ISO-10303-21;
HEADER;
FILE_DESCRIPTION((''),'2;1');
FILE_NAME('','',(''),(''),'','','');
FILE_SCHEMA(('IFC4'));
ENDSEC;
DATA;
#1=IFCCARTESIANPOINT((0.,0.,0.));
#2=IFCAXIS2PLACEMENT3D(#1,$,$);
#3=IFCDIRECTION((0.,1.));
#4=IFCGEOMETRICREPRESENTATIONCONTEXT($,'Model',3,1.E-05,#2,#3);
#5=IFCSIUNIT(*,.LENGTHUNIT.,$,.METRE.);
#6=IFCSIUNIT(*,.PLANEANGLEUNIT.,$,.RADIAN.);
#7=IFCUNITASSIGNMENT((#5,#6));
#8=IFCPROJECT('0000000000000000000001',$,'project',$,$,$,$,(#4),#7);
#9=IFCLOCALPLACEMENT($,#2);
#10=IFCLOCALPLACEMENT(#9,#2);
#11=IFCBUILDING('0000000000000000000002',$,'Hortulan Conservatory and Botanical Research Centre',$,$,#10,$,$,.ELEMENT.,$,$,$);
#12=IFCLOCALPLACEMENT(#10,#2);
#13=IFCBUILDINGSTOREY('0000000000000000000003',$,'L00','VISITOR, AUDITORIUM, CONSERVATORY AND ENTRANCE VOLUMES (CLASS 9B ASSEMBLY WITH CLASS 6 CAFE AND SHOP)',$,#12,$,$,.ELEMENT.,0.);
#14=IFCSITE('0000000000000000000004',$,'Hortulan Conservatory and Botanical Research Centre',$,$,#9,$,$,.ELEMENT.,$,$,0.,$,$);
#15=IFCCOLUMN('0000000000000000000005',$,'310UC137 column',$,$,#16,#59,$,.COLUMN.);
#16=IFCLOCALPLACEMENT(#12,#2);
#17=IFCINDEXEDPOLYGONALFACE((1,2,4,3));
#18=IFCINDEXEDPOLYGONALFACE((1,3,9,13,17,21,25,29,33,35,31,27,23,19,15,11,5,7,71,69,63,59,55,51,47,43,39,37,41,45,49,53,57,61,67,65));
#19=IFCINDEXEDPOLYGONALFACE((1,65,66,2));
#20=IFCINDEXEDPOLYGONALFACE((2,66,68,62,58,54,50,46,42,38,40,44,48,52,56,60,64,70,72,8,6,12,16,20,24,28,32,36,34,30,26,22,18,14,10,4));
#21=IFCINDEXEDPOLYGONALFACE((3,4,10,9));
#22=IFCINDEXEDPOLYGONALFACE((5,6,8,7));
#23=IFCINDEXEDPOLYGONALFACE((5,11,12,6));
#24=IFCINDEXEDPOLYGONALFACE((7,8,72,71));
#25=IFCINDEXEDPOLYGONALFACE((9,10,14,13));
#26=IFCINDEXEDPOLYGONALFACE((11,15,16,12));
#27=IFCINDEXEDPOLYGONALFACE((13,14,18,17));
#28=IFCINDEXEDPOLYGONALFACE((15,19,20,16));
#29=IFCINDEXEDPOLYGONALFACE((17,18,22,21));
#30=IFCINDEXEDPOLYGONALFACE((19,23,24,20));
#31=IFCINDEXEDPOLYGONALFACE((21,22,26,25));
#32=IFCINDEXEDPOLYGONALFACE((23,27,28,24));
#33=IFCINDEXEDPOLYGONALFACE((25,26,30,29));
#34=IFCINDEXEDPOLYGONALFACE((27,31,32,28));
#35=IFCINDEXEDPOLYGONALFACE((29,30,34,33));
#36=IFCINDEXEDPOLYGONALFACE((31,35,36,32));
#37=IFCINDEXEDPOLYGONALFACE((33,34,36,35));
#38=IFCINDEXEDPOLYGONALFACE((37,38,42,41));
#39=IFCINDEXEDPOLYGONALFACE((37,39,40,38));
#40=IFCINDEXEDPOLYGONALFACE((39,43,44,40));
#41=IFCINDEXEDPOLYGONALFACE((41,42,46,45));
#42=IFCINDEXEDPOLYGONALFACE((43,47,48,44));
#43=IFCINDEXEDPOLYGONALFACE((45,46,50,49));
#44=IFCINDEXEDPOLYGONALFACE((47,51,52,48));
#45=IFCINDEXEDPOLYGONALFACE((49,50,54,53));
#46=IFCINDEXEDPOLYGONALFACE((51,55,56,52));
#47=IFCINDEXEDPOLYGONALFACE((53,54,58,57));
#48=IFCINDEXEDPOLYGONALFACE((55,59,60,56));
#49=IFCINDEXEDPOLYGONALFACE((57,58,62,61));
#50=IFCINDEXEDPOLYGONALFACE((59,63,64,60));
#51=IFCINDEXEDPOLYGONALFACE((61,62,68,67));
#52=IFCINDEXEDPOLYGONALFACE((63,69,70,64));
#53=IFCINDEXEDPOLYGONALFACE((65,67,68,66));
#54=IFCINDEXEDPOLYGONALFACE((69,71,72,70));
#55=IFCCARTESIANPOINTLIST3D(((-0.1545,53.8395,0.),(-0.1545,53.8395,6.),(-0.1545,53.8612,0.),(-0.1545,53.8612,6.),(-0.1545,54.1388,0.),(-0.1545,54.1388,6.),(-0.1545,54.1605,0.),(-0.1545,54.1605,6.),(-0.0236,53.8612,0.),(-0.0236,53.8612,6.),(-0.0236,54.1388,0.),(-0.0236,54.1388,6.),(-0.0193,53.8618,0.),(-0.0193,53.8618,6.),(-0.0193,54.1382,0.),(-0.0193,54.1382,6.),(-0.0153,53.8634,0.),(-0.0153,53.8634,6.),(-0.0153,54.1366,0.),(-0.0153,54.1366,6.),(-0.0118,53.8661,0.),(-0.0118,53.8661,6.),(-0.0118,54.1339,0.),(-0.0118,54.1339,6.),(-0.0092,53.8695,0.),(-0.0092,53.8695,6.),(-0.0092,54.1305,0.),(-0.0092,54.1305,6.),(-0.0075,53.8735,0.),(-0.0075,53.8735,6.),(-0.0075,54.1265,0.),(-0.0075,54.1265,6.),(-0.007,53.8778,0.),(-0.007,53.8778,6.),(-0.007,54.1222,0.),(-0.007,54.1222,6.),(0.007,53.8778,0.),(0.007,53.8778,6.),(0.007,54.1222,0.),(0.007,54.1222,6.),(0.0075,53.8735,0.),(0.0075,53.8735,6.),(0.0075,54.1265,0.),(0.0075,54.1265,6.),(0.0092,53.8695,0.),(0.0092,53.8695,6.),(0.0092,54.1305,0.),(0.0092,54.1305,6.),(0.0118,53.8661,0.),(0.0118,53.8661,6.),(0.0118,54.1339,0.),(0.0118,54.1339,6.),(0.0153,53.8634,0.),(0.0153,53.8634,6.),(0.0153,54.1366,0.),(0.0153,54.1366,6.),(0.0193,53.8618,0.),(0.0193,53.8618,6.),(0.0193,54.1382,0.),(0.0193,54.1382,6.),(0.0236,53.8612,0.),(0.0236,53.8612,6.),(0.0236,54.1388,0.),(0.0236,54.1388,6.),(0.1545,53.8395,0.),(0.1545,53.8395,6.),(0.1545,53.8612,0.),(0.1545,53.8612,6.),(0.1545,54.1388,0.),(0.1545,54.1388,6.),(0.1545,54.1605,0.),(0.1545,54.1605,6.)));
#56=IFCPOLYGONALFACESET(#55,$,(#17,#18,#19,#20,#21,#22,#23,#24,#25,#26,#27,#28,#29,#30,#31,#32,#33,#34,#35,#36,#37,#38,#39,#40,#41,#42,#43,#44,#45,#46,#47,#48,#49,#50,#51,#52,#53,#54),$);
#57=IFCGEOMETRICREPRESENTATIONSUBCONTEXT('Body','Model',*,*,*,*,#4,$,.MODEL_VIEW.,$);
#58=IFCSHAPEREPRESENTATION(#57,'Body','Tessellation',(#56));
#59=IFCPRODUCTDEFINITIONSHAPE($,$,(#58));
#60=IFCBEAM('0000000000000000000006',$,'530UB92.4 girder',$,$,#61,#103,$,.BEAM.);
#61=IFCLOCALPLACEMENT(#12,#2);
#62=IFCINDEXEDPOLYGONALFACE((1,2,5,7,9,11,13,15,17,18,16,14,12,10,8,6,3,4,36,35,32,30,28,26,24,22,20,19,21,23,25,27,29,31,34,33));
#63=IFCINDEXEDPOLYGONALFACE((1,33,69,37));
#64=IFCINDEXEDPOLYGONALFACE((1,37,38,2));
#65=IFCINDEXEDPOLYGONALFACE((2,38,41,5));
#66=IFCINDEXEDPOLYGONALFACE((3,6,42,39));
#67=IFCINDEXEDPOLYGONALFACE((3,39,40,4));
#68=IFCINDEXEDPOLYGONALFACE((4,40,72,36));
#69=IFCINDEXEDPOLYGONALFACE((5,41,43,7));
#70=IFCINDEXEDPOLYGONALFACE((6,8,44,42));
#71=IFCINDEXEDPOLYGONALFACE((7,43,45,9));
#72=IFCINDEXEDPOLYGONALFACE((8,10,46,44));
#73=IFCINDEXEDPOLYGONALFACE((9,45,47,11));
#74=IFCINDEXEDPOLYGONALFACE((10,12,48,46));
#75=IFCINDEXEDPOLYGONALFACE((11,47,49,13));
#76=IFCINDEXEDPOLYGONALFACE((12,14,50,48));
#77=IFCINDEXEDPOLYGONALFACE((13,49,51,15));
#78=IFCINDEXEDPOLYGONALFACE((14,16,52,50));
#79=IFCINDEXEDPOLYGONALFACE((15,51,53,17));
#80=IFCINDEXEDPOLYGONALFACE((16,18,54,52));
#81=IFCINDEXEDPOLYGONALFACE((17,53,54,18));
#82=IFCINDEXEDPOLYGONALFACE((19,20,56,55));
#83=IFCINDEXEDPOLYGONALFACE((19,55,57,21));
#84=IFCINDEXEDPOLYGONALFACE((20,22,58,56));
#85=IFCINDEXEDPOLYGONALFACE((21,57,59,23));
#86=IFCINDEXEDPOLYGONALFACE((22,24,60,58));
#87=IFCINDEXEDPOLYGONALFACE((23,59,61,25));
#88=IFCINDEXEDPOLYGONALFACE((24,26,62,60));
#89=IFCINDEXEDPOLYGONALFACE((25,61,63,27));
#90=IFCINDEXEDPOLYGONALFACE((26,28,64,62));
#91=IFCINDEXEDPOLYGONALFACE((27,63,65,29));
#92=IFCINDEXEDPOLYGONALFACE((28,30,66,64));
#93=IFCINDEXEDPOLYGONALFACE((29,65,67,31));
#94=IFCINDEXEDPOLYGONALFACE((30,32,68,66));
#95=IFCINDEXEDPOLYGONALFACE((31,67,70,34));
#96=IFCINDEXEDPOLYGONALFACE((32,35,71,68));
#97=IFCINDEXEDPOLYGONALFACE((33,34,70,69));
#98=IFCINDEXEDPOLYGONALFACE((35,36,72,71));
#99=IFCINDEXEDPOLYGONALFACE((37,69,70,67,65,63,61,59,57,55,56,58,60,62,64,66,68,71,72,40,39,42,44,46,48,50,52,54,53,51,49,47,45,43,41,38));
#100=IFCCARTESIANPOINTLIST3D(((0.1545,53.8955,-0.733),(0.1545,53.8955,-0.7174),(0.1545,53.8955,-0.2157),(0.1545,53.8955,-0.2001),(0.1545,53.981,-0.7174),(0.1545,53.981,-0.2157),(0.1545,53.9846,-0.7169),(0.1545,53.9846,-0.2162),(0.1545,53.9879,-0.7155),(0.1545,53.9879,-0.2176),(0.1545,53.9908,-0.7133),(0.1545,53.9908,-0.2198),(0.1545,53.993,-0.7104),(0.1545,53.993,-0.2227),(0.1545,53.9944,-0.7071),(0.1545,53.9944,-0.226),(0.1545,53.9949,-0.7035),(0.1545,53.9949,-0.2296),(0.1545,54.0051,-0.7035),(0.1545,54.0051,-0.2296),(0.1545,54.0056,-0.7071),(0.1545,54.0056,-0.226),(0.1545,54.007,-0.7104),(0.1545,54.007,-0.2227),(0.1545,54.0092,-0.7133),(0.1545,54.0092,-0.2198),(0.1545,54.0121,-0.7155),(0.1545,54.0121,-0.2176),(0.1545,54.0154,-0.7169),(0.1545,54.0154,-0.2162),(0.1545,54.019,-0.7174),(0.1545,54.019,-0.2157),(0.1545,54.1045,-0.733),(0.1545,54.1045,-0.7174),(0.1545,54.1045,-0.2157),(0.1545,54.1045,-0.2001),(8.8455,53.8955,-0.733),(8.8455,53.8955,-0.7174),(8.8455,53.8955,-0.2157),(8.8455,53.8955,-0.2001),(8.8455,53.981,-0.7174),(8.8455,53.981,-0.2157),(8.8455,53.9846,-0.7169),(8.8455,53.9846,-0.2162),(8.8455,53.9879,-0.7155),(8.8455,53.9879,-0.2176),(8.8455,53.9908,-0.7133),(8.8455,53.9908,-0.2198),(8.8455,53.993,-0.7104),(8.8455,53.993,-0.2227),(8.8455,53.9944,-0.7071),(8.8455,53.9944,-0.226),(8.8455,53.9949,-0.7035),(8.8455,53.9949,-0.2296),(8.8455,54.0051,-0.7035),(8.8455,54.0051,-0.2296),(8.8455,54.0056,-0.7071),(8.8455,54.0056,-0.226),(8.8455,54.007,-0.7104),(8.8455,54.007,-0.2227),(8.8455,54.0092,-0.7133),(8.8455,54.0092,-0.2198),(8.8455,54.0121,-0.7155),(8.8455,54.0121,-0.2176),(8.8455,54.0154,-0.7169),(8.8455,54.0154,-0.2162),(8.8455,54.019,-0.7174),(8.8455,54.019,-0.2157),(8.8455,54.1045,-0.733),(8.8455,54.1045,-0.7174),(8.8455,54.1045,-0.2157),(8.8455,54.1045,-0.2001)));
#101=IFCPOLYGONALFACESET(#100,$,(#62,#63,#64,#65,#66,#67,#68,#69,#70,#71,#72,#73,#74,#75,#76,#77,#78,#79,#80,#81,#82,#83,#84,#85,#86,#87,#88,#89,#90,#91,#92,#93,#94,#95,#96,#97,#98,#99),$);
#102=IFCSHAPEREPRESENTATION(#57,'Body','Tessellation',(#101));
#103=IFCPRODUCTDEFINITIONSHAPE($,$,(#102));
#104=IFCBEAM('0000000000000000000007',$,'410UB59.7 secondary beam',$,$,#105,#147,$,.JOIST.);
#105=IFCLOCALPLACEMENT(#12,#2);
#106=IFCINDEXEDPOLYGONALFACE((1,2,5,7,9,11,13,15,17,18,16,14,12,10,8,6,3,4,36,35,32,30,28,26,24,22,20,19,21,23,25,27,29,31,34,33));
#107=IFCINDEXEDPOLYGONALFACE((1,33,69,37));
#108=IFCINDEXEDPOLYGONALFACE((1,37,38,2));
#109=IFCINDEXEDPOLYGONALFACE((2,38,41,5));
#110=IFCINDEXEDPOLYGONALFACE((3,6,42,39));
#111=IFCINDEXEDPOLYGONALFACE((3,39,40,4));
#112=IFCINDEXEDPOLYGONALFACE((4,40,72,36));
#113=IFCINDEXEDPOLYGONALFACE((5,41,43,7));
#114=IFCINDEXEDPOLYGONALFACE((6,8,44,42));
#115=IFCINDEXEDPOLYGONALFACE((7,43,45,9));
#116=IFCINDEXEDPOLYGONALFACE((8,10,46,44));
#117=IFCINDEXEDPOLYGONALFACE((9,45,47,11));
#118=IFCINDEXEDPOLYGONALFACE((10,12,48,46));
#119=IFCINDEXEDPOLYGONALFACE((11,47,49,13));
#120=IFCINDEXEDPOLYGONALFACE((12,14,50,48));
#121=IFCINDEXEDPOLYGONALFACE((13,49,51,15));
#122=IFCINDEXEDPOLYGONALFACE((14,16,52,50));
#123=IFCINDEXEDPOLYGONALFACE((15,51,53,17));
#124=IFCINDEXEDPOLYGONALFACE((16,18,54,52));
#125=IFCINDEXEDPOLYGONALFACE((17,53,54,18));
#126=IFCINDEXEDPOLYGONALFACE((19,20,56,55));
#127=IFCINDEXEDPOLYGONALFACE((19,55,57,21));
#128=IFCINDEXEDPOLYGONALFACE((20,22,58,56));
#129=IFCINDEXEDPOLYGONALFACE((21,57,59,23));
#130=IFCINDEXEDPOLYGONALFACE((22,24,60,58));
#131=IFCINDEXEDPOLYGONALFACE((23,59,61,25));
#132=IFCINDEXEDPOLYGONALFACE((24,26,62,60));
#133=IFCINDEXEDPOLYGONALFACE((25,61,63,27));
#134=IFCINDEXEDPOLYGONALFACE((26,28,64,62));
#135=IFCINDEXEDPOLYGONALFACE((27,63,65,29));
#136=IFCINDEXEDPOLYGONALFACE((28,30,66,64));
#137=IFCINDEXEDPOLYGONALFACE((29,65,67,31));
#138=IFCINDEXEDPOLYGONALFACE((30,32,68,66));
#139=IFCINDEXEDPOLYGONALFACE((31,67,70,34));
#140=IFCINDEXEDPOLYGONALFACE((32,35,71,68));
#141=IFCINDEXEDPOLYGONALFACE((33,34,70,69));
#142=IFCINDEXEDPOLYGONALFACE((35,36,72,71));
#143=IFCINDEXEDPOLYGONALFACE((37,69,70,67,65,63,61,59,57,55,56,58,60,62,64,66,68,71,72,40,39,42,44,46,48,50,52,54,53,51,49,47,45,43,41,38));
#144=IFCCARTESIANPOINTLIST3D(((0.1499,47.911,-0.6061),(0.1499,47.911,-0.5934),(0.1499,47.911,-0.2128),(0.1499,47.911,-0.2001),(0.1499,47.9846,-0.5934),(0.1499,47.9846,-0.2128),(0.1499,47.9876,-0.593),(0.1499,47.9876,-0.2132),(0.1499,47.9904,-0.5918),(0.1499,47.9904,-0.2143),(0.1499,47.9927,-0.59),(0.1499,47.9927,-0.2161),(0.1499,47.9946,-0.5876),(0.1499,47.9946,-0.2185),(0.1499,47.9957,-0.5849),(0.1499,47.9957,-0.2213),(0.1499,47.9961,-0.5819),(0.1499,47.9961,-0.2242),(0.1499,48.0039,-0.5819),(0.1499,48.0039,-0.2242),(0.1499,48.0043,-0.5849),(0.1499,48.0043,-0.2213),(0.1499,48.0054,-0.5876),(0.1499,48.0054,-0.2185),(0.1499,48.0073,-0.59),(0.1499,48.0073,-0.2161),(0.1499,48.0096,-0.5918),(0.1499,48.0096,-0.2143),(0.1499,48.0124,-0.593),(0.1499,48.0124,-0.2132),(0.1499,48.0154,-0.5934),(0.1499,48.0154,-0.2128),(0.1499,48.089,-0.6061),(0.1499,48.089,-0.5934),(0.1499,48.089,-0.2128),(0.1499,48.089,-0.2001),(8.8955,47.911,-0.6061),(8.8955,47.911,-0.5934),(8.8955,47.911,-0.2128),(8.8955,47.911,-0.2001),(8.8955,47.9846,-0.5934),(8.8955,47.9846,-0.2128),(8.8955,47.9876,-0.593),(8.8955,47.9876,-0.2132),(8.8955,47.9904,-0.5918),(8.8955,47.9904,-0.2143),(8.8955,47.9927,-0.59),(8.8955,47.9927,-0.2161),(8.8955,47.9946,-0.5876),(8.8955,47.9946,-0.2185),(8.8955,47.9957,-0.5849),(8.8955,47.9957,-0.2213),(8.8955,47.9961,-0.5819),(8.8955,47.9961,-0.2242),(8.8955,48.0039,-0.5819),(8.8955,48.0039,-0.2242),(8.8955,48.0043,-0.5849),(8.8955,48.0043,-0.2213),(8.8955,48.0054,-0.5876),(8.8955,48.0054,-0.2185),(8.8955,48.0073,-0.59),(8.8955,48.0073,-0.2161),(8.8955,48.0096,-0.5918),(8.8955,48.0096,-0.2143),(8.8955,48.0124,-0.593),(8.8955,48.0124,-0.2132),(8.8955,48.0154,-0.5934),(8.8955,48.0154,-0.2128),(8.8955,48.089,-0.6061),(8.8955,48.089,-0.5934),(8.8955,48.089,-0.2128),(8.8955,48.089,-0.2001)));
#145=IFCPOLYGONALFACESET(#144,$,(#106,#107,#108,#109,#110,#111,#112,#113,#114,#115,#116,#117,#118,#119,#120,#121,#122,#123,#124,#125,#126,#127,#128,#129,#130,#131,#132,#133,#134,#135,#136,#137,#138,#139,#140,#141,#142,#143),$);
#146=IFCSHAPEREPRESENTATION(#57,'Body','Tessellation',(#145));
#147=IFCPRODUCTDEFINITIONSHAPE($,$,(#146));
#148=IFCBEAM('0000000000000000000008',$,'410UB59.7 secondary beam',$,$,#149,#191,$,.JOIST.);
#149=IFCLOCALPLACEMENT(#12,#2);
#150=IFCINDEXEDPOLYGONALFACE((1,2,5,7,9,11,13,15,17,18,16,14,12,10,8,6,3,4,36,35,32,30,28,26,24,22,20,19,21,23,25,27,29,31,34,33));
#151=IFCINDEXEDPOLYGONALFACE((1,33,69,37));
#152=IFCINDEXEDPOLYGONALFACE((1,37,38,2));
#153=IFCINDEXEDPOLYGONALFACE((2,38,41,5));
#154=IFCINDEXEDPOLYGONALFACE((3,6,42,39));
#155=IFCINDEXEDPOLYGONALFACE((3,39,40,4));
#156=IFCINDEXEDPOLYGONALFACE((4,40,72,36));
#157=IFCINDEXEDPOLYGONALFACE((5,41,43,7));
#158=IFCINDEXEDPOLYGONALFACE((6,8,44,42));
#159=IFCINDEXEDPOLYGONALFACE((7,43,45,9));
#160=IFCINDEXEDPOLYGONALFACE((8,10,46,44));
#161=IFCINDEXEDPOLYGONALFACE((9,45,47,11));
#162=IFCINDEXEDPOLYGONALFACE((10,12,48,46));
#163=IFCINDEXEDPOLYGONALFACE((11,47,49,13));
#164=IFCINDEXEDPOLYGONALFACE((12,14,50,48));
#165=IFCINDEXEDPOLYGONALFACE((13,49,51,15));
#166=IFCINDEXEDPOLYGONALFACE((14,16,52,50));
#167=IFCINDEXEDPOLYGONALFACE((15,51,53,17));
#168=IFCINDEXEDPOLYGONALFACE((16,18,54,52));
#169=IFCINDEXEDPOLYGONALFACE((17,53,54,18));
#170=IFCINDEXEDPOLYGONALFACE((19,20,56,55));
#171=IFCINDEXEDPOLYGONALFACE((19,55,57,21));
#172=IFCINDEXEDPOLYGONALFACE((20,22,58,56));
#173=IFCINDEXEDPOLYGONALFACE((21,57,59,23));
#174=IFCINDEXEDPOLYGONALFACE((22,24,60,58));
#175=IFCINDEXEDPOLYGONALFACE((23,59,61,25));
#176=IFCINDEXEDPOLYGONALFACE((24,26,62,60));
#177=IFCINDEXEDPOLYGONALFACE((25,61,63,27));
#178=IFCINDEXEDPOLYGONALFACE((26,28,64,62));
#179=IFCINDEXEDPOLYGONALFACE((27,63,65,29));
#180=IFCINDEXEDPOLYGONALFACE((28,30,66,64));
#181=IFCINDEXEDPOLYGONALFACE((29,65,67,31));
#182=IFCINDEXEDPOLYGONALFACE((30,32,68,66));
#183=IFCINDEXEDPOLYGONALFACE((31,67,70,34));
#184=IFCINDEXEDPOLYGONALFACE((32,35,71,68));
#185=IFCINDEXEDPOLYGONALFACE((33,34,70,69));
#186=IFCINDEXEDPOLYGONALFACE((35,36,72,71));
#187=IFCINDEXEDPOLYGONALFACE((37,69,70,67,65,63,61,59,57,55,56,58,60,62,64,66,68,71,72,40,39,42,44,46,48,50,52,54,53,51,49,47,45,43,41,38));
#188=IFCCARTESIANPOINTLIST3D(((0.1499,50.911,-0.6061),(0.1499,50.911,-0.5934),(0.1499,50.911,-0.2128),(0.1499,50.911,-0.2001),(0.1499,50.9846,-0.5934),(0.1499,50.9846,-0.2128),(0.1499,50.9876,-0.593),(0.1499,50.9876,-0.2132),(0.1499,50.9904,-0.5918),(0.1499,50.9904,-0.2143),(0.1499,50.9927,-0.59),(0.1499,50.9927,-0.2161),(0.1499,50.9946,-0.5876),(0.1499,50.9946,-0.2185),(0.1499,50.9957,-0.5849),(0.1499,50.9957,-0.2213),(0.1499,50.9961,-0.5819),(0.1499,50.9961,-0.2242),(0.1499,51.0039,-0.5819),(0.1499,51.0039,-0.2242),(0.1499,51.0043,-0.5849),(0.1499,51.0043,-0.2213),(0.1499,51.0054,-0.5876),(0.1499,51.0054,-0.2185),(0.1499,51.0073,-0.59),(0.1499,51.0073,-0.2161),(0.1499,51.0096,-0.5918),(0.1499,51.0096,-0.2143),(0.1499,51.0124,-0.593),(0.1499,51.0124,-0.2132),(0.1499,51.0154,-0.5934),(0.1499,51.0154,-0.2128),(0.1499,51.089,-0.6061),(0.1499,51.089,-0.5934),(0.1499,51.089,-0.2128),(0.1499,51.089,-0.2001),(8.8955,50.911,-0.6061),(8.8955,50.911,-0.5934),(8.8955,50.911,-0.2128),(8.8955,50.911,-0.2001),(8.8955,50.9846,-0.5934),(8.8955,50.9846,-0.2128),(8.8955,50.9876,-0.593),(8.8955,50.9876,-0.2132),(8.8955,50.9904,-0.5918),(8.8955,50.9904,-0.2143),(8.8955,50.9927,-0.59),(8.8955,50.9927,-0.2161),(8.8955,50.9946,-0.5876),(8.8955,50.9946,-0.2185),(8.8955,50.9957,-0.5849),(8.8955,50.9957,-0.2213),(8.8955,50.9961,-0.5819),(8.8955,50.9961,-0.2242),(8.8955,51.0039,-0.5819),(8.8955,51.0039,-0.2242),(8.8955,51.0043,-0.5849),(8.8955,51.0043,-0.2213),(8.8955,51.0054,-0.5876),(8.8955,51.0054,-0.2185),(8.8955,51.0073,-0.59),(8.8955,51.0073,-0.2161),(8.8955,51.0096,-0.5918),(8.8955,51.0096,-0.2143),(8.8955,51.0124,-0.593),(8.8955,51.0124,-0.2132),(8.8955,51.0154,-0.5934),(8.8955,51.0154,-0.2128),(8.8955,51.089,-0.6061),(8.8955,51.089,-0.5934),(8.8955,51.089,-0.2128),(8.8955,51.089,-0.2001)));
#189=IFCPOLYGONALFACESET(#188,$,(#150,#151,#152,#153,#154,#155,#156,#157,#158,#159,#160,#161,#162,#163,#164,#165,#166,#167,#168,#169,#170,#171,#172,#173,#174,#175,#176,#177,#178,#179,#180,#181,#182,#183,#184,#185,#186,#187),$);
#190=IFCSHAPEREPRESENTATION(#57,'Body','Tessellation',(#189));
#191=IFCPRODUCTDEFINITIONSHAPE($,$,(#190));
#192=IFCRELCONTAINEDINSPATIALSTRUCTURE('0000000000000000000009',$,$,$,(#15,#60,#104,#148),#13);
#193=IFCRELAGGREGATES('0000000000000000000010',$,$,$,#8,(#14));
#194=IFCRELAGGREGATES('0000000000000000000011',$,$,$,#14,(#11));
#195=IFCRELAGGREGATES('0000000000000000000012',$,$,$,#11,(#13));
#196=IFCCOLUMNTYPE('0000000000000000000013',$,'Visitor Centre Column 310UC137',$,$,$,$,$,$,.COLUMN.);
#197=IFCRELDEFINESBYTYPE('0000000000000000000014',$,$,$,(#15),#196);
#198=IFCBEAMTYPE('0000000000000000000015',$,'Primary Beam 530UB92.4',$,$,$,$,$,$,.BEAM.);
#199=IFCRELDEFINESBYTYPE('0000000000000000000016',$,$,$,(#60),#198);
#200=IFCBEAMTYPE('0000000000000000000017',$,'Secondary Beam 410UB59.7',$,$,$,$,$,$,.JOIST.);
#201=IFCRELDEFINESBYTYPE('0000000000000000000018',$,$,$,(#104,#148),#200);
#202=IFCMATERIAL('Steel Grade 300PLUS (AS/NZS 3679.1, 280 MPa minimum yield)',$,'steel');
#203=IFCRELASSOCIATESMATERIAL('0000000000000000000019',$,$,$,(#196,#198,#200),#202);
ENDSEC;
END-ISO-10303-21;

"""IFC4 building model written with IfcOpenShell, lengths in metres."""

from ifc_helpers import new_model, si_unit, direction, frame, origin, origin_2d, place, context, subcontext, project, spatial, i_section, extrude, material, material_profile, profile_set, type_object, element, save


model = new_model("IFC4")

# Units and contexts
model_context = context("Model", 3, precision=1e-05, world=origin(), true_north=direction((0.0, 1.0)))
body_context = subcontext(model_context, "Body", "Model", "MODEL_VIEW")
ifc_project = project(units=[si_unit("LENGTHUNIT", "METRE"), si_unit("PLANEANGLEUNIT", "RADIAN")], contexts=[model_context])

# Site, building, storey
site_placement = place(None, origin())
site = spatial("IfcSite", under=ifc_project, at=site_placement, Name="Hortulan Conservatory and Botanical Research Centre", CompositionType="ELEMENT", RefElevation=0.0)
building_placement = place(site_placement, origin())
building = spatial("IfcBuilding", under=site, at=building_placement, Name="Hortulan Conservatory and Botanical Research Centre", CompositionType="ELEMENT")
storey_placement = place(building_placement, origin())
storey = spatial("IfcBuildingStorey", under=building, at=storey_placement, Name="L00", Description="VISITOR, AUDITORIUM, CONSERVATORY AND ENTRANCE VOLUMES (CLASS 9B ASSEMBLY WITH CLASS 6 CAFE AND SHOP)", CompositionType="ELEMENT", Elevation=0.0)

# Column
ifc_material_1 = material(Name="Steel Grade 300PLUS (AS/NZS 3679.1, 280 MPa minimum yield)", Category="steel")
ifc_material_profile_1 = material_profile(ifc_material_1, i_section(OverallWidth=0.3091, OverallDepth=0.321, WebThickness=0.0139, FlangeThickness=0.0217, FilletRadius=0.0166, at=origin_2d()), Name="310UC137")
ifc_profile_set_1 = profile_set([ifc_material_profile_1], Name="Steel Grade 300PLUS (AS/NZS 3679.1, 280 MPa minimum yield)")
column_type = type_object("IfcColumnType", Name="Visitor Centre Column 310UC137", PredefinedType="COLUMN", material=ifc_profile_set_1)
column_placement = place(storey_placement, frame((0.0, 54.0, 0.0), z_axis=(0.0, 0.0, 1.0), x_axis=(1.0, 0.0, 0.0)))
element("IfcColumn", 1, at=column_placement, inside=storey, type_object=column_type, Name="310UC137 column", PredefinedType="COLUMN", context=body_context, shape_type="SweptSolid", body=[
    extrude(i_section(OverallWidth=0.3091, OverallDepth=0.321, WebThickness=0.0139, FlangeThickness=0.0217, FilletRadius=0.0166, at=origin_2d()), origin(), (0.0, 0.0, 1.0), 6.0),
])

# Beams
ifc_material_profile_2 = material_profile(ifc_material_1, i_section(OverallWidth=0.209, OverallDepth=0.533, WebThickness=0.0103, FlangeThickness=0.0156, FilletRadius=0.0139, at=origin_2d()), Name="530UB92.4")
ifc_profile_set_2 = profile_set([ifc_material_profile_2], Name="Steel Grade 300PLUS (AS/NZS 3679.1, 280 MPa minimum yield)")
beam_type_1 = type_object("IfcBeamType", Name="Primary Beam 530UB92.4", PredefinedType="BEAM", material=ifc_profile_set_2)
beam_placement = place(storey_placement, frame((0.1545, 54.0, -0.4666), z_axis=(1.0, 0.0, 0.0), x_axis=(0.0, 1.0, 0.0)))
element("IfcBeam", 2, at=beam_placement, inside=storey, type_object=beam_type_1, Name="530UB92.4 girder", PredefinedType="BEAM", context=body_context, shape_type="SweptSolid", body=[
    extrude(i_section(OverallWidth=0.209, OverallDepth=0.533, WebThickness=0.0103, FlangeThickness=0.0156, FilletRadius=0.0139, at=origin_2d()), origin(), (0.0, 0.0, 1.0), 8.6909),
])
ifc_material_profile_3 = material_profile(ifc_material_1, i_section(OverallWidth=0.178, OverallDepth=0.406, WebThickness=0.0078, FlangeThickness=0.0127, FilletRadius=0.0115, at=origin_2d()), Name="410UB59.7")
ifc_profile_set_3 = profile_set([ifc_material_profile_3], Name="Steel Grade 300PLUS (AS/NZS 3679.1, 280 MPa minimum yield)")
beam_type_2 = type_object("IfcBeamType", Name="Secondary Beam 410UB59.7", PredefinedType="JOIST", material=ifc_profile_set_3)
for number, where, z_axis, x_axis, name in (
    (3, (0.1499, 48.0, -0.4031), (1.0, 0.0, 0.0), (0.0, 1.0, 0.0), "410UB59.7 secondary beam"),
    (4, (0.1499, 51.0, -0.4031), (1.0, 0.0, 0.0), (0.0, 1.0, 0.0), "410UB59.7 secondary beam"),
):
    element("IfcBeam", number, at=place(storey_placement, frame(where, z_axis=z_axis, x_axis=x_axis)), inside=storey, type_object=beam_type_2, Name=name, PredefinedType="JOIST", context=body_context, shape_type="SweptSolid", body=[
        extrude(i_section(OverallWidth=0.178, OverallDepth=0.406, WebThickness=0.0078, FlangeThickness=0.0127, FilletRadius=0.0115, at=origin_2d()), origin(), (0.0, 0.0, 1.0), 8.7456),
    ])

save(model, "model.ifc")
